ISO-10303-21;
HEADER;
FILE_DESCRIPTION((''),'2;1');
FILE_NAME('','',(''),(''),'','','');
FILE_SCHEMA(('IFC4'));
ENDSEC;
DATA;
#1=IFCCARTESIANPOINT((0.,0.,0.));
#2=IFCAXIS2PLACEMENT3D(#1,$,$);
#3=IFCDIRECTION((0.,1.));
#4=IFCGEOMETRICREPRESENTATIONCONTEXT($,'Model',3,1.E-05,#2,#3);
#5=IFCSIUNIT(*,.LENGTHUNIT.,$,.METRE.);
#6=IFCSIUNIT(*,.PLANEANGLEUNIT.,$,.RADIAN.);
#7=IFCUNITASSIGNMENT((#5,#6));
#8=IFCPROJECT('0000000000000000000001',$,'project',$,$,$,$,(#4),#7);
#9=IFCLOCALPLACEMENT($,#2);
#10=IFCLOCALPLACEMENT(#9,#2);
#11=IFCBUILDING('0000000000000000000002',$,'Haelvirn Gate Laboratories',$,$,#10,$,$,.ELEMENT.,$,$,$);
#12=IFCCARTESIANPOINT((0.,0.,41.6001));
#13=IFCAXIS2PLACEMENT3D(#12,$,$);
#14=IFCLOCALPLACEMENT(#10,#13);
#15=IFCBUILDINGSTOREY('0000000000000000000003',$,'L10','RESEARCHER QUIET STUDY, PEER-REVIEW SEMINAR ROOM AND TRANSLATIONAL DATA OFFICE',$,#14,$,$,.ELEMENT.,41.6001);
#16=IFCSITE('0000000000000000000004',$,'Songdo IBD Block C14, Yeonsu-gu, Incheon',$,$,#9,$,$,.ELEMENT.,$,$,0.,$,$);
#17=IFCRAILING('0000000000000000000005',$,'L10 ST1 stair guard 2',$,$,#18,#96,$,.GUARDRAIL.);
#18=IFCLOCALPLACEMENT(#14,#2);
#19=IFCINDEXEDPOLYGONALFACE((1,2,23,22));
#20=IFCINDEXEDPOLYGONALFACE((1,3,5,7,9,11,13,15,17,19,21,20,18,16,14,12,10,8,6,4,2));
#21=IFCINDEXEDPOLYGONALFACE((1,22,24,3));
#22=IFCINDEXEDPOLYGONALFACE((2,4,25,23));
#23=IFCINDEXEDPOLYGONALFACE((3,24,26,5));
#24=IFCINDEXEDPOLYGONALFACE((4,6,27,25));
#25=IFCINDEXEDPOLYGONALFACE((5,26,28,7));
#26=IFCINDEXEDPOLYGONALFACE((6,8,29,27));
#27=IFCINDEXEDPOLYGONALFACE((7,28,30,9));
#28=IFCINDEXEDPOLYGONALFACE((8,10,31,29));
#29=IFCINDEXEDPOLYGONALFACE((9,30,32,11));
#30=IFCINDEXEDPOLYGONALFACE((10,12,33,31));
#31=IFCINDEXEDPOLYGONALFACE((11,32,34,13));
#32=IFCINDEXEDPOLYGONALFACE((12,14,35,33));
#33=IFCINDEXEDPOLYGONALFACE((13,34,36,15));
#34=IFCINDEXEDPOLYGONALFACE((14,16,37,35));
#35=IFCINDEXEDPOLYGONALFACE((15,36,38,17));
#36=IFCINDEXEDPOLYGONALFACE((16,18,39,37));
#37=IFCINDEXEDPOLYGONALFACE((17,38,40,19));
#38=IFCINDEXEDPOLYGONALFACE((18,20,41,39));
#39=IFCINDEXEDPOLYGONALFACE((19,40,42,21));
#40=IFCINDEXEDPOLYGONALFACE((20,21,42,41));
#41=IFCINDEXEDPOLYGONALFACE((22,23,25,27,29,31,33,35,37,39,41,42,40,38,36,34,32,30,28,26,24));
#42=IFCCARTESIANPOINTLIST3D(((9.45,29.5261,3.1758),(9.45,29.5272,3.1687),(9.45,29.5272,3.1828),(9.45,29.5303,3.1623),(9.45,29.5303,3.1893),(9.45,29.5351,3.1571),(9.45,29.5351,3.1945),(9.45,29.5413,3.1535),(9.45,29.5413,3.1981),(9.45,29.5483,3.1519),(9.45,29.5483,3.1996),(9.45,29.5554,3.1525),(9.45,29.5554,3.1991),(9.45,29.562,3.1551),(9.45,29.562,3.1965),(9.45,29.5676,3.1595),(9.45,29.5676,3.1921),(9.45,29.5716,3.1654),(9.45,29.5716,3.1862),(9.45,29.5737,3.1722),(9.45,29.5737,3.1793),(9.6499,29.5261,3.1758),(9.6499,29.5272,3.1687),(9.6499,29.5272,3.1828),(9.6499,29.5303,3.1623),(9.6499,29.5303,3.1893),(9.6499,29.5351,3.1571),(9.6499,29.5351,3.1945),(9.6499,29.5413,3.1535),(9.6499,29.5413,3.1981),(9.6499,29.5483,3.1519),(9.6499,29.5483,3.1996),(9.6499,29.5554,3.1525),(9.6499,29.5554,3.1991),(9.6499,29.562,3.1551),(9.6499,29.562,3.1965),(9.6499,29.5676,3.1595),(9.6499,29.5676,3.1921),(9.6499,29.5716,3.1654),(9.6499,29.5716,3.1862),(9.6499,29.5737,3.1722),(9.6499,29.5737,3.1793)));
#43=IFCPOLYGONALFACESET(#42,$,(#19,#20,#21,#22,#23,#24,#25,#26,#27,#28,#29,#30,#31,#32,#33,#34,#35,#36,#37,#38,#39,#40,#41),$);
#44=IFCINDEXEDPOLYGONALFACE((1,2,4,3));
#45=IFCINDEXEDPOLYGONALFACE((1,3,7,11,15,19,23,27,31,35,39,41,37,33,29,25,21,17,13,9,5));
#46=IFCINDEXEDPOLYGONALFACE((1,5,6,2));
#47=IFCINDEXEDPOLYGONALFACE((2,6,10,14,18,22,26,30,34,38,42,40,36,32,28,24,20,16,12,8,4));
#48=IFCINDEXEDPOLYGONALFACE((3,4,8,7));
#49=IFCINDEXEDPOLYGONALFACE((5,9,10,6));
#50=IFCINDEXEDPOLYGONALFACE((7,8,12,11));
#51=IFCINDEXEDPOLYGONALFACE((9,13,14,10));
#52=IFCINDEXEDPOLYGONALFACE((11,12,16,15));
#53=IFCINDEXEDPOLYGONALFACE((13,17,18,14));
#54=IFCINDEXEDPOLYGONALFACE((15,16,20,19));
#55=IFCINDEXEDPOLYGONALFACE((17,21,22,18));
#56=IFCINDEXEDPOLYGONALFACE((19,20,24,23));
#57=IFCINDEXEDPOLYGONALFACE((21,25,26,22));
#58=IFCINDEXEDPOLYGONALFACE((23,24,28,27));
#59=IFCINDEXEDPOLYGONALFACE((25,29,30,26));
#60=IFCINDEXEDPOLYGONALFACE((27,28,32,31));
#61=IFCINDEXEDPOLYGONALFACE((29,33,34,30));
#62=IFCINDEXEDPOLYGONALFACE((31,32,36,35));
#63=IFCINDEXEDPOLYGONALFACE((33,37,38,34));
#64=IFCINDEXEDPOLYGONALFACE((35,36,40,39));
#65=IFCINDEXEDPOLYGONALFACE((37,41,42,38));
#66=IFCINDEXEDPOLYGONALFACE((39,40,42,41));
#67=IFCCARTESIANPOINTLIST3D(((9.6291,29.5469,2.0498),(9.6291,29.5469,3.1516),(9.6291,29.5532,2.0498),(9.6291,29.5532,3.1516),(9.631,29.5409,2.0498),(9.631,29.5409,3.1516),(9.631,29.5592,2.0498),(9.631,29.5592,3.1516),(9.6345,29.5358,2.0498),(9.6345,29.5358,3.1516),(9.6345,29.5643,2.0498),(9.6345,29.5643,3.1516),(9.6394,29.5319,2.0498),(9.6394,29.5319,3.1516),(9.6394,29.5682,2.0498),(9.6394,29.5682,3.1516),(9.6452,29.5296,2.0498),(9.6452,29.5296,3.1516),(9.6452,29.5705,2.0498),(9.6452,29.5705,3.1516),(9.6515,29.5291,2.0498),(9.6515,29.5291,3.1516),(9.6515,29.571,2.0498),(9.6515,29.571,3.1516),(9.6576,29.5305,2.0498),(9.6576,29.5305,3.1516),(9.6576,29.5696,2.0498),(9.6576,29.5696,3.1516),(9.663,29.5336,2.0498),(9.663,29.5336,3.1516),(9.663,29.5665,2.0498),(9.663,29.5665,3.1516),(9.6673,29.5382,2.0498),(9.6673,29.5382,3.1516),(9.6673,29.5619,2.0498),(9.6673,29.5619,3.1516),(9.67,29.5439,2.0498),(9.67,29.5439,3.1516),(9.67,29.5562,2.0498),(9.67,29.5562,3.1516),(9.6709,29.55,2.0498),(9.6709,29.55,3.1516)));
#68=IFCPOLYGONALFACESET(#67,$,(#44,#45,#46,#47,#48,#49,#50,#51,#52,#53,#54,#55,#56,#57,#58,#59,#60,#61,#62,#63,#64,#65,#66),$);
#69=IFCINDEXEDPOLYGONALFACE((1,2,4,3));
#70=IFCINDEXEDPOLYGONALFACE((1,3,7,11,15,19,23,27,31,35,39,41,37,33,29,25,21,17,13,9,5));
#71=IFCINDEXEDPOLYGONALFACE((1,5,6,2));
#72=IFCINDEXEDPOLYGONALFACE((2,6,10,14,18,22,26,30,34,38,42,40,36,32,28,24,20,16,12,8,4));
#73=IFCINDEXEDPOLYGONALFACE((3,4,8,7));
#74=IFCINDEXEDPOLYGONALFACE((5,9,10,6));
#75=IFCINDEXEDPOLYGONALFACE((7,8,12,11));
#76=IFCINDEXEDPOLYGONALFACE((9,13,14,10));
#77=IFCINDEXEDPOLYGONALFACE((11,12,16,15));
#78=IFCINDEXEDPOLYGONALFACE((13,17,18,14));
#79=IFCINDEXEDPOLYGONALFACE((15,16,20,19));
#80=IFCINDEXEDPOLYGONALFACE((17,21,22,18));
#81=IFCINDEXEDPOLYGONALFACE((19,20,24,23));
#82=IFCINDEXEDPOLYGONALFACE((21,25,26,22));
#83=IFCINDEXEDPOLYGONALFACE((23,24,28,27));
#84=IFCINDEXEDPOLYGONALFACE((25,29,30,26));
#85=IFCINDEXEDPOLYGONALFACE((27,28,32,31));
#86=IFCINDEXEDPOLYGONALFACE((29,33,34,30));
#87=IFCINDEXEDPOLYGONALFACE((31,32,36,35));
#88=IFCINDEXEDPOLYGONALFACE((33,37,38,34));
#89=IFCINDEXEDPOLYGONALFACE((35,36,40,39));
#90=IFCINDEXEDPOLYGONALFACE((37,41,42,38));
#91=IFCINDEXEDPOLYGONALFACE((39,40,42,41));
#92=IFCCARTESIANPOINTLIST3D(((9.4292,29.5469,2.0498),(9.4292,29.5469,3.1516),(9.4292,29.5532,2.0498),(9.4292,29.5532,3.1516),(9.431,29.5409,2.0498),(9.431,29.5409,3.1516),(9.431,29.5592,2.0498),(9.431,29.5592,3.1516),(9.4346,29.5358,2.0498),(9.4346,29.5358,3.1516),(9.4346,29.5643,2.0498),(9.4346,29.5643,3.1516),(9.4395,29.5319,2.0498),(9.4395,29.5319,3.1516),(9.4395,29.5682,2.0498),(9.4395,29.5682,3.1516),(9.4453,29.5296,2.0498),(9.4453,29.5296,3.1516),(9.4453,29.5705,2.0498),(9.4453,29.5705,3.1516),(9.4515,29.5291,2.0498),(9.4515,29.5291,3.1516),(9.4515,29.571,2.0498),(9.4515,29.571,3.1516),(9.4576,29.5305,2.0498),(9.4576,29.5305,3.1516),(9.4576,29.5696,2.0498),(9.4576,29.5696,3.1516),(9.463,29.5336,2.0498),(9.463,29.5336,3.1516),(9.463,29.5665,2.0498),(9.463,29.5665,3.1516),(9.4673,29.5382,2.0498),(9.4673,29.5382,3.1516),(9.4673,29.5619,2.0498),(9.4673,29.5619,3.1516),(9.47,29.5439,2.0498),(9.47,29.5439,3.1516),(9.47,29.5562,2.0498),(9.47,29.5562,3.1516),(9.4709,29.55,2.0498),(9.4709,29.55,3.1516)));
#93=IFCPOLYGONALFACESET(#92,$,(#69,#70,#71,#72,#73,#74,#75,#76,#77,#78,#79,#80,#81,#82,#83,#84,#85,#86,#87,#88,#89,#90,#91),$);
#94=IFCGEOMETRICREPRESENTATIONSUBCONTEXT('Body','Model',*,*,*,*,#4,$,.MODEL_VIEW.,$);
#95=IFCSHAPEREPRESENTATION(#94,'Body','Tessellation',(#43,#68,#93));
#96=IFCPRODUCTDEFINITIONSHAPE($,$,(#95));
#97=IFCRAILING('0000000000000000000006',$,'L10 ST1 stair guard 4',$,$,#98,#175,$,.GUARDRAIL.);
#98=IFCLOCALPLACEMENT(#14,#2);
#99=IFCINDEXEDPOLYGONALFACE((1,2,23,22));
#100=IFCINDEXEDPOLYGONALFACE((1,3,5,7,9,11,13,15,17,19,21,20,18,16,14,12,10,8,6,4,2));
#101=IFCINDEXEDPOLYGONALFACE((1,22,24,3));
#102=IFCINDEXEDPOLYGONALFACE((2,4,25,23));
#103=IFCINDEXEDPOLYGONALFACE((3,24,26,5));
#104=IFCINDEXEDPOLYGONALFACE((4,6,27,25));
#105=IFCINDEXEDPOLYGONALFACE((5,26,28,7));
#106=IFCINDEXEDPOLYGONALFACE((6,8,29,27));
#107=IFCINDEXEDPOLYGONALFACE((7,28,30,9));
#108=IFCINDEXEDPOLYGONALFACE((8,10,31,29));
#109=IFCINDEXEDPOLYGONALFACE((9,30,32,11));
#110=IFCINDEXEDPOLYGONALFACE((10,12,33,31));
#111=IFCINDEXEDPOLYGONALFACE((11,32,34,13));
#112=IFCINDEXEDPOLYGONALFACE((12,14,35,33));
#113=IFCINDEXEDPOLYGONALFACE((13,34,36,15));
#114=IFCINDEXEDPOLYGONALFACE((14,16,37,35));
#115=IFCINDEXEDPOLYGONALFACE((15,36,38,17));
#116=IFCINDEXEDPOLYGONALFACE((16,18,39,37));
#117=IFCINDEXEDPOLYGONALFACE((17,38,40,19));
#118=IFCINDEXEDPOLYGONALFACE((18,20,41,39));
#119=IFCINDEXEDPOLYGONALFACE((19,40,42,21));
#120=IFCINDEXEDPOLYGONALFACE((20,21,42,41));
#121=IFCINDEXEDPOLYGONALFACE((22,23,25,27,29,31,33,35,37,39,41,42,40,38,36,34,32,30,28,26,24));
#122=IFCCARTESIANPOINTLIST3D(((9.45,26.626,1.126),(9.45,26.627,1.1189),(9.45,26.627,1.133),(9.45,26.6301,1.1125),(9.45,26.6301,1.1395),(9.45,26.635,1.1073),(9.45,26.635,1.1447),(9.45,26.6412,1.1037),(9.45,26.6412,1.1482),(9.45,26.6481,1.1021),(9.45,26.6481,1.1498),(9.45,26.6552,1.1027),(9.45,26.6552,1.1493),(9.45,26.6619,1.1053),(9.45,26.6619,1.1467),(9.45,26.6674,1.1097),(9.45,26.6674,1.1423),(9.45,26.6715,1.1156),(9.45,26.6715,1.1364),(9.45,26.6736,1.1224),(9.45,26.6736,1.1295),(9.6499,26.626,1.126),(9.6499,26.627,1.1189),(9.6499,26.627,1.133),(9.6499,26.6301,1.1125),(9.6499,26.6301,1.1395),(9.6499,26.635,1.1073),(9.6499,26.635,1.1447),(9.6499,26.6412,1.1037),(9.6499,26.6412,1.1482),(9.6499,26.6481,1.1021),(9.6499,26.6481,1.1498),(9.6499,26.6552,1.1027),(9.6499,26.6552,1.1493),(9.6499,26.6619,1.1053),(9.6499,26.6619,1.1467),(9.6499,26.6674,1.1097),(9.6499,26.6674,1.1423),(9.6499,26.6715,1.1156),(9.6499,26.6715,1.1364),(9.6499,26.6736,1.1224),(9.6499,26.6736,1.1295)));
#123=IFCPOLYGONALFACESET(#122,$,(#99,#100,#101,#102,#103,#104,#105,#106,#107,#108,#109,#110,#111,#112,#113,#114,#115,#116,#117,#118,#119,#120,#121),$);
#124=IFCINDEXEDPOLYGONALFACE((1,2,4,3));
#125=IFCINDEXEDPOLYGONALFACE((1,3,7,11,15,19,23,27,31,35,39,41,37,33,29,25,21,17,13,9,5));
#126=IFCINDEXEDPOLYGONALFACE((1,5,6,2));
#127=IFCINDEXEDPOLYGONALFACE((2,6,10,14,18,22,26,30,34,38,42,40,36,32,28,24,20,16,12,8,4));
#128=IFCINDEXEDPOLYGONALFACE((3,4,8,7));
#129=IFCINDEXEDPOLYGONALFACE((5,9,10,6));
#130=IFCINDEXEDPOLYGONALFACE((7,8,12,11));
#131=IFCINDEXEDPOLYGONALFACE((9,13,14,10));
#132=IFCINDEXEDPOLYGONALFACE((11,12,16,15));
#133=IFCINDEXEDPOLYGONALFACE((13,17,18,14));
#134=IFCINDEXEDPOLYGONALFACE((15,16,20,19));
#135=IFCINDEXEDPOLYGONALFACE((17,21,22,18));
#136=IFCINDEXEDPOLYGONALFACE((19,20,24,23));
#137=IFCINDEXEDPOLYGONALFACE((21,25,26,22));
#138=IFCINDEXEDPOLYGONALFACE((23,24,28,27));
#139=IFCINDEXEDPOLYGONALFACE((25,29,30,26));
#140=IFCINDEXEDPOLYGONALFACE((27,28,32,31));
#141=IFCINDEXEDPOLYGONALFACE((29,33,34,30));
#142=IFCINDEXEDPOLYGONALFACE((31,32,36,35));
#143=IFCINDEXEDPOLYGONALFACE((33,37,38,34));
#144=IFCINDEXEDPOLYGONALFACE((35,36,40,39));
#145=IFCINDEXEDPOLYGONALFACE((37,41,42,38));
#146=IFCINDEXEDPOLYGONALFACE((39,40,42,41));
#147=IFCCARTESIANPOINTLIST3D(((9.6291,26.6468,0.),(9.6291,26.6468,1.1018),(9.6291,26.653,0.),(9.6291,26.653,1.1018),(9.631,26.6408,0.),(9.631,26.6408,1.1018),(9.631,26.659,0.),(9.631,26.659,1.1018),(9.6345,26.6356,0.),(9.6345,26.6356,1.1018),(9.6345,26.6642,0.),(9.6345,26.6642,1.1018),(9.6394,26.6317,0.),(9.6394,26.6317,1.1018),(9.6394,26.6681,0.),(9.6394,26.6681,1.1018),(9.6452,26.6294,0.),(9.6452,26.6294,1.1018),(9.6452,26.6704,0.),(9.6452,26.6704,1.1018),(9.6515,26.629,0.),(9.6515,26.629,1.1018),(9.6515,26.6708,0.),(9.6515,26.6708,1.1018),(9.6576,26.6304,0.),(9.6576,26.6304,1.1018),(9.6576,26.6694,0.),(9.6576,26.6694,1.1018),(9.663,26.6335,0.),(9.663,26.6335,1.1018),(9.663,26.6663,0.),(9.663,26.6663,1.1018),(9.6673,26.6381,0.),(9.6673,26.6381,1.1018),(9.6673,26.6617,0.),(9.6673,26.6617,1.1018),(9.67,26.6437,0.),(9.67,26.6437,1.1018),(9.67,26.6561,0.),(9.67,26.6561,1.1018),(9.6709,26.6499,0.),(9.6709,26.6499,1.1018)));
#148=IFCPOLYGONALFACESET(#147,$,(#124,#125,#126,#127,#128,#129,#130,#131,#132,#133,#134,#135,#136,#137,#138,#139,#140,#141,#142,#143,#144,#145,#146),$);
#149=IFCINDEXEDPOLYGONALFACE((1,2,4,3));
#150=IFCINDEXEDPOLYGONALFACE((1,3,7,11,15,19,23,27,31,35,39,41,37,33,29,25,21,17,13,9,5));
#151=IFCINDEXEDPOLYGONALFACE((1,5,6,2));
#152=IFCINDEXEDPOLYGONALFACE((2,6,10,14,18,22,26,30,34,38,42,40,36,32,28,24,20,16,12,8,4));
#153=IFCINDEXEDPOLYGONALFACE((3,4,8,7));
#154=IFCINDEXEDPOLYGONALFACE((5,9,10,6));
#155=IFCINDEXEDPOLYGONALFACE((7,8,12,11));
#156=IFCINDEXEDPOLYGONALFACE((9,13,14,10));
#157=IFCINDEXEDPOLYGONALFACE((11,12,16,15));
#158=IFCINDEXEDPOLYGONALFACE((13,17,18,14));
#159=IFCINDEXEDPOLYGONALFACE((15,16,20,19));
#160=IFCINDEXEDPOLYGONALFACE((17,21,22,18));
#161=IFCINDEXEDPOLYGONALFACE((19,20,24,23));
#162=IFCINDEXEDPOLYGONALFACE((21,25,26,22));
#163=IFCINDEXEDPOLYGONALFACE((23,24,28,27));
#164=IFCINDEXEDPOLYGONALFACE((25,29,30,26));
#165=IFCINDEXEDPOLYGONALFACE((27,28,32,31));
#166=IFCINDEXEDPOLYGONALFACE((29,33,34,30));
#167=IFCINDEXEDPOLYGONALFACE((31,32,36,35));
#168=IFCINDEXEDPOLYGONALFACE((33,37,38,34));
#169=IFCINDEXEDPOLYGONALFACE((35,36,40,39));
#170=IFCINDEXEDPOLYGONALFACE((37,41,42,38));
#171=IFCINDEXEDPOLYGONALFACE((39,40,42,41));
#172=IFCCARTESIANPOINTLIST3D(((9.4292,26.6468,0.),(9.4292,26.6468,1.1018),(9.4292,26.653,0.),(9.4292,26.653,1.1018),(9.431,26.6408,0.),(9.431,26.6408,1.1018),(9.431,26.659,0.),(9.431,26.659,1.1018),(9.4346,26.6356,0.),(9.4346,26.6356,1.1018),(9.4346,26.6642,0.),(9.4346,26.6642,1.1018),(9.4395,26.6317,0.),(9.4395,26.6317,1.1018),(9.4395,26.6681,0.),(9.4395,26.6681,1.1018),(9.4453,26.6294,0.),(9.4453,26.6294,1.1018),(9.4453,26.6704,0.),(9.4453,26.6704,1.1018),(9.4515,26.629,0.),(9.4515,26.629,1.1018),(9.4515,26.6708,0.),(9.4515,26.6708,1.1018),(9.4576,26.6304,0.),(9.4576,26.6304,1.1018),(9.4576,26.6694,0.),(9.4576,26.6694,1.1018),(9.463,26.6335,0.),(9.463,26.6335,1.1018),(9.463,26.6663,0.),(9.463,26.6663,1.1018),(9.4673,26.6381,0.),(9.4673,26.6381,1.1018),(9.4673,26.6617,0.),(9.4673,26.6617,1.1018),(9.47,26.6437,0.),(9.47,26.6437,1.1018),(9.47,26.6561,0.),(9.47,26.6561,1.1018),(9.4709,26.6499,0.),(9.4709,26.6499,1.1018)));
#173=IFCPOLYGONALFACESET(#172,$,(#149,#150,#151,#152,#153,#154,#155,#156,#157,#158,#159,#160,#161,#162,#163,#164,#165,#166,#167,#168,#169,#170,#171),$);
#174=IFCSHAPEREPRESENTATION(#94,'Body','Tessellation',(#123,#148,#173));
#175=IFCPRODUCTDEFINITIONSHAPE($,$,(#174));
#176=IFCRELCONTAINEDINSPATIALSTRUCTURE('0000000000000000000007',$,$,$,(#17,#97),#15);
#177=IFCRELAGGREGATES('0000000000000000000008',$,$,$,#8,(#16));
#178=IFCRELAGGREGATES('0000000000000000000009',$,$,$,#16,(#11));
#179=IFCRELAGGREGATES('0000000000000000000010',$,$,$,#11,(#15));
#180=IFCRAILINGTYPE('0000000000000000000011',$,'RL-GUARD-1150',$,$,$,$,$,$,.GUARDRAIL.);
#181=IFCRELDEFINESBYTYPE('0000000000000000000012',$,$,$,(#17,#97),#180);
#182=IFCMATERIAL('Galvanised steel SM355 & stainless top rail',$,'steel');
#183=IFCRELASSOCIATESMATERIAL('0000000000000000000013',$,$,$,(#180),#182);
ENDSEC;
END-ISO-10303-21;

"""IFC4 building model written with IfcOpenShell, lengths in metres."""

from ifc_helpers import new_model, si_unit, direction, frame, origin, origin_2d, place, context, subcontext, project, spatial, circle, extrude, source, transform, mapped, material, type_object, element, save


model = new_model("IFC4")

# Units and contexts
model_context = context("Model", 3, precision=1e-05, world=origin(), true_north=direction((0.0, 1.0)))
body_context = subcontext(model_context, "Body", "Model", "MODEL_VIEW")
ifc_project = project(units=[si_unit("LENGTHUNIT", "METRE"), si_unit("PLANEANGLEUNIT", "RADIAN")], contexts=[model_context])

# Site, building, storey
site_placement = place(None, origin())
site = spatial("IfcSite", under=ifc_project, at=site_placement, Name="Songdo IBD Block C14, Yeonsu-gu, Incheon", CompositionType="ELEMENT", RefElevation=0.0)
building_placement = place(site_placement, origin())
building = spatial("IfcBuilding", under=site, at=building_placement, Name="Haelvirn Gate Laboratories", CompositionType="ELEMENT")
storey_placement = place(building_placement, frame((0.0, 0.0, 41.6001)))
storey = spatial("IfcBuildingStorey", under=building, at=storey_placement, Name="L10", Description="RESEARCHER QUIET STUDY, PEER-REVIEW SEMINAR ROOM AND TRANSLATIONAL DATA OFFICE", CompositionType="ELEMENT", Elevation=41.6001)

# Railings
ifc_material_1 = material(Name="Galvanised steel SM355 & stainless top rail", Category="steel")
railing_type_1 = type_object("IfcRailingType", Name="RL-GUARD-1150", PredefinedType="GUARDRAIL", material=ifc_material_1)
shared_shape_1 = source(origin(), body_context, "Body", "SweptSolid", [
    extrude(circle(Radius=0.0239, at=origin_2d()), frame((0.0, 0.0, 1.126), z_axis=(-1.0, 0.0, 0.0), x_axis=(0.0, -1.0, 0.0)), (0.0, 0.0, 1.0), 0.2),
    extrude(circle(Radius=0.021, at=origin_2d()), origin(), (0.0, 0.0, 1.0), 1.1018),
    extrude(circle(Radius=0.021, at=origin_2d()), frame((-0.2, 0.0, 0.0)), (0.0, 0.0, 1.0), 1.1018),
])
for number, where, name in (
    (1, (9.6499, 29.55, 2.0498), "L10 ST1 stair guard 2"),
    (2, (9.6499, 26.6499, 0.0), "L10 ST1 stair guard 4"),
):
    element("IfcRailing", number, at=place(storey_placement, frame(where)), inside=storey, type_object=railing_type_1, Name=name, PredefinedType="GUARDRAIL", context=body_context, shape_type="MappedRepresentation", body=[
        mapped(shared_shape_1, transform((0.0, 0.0, 0.0), scale=1.0)),
    ])

save(model, "model.ifc")
